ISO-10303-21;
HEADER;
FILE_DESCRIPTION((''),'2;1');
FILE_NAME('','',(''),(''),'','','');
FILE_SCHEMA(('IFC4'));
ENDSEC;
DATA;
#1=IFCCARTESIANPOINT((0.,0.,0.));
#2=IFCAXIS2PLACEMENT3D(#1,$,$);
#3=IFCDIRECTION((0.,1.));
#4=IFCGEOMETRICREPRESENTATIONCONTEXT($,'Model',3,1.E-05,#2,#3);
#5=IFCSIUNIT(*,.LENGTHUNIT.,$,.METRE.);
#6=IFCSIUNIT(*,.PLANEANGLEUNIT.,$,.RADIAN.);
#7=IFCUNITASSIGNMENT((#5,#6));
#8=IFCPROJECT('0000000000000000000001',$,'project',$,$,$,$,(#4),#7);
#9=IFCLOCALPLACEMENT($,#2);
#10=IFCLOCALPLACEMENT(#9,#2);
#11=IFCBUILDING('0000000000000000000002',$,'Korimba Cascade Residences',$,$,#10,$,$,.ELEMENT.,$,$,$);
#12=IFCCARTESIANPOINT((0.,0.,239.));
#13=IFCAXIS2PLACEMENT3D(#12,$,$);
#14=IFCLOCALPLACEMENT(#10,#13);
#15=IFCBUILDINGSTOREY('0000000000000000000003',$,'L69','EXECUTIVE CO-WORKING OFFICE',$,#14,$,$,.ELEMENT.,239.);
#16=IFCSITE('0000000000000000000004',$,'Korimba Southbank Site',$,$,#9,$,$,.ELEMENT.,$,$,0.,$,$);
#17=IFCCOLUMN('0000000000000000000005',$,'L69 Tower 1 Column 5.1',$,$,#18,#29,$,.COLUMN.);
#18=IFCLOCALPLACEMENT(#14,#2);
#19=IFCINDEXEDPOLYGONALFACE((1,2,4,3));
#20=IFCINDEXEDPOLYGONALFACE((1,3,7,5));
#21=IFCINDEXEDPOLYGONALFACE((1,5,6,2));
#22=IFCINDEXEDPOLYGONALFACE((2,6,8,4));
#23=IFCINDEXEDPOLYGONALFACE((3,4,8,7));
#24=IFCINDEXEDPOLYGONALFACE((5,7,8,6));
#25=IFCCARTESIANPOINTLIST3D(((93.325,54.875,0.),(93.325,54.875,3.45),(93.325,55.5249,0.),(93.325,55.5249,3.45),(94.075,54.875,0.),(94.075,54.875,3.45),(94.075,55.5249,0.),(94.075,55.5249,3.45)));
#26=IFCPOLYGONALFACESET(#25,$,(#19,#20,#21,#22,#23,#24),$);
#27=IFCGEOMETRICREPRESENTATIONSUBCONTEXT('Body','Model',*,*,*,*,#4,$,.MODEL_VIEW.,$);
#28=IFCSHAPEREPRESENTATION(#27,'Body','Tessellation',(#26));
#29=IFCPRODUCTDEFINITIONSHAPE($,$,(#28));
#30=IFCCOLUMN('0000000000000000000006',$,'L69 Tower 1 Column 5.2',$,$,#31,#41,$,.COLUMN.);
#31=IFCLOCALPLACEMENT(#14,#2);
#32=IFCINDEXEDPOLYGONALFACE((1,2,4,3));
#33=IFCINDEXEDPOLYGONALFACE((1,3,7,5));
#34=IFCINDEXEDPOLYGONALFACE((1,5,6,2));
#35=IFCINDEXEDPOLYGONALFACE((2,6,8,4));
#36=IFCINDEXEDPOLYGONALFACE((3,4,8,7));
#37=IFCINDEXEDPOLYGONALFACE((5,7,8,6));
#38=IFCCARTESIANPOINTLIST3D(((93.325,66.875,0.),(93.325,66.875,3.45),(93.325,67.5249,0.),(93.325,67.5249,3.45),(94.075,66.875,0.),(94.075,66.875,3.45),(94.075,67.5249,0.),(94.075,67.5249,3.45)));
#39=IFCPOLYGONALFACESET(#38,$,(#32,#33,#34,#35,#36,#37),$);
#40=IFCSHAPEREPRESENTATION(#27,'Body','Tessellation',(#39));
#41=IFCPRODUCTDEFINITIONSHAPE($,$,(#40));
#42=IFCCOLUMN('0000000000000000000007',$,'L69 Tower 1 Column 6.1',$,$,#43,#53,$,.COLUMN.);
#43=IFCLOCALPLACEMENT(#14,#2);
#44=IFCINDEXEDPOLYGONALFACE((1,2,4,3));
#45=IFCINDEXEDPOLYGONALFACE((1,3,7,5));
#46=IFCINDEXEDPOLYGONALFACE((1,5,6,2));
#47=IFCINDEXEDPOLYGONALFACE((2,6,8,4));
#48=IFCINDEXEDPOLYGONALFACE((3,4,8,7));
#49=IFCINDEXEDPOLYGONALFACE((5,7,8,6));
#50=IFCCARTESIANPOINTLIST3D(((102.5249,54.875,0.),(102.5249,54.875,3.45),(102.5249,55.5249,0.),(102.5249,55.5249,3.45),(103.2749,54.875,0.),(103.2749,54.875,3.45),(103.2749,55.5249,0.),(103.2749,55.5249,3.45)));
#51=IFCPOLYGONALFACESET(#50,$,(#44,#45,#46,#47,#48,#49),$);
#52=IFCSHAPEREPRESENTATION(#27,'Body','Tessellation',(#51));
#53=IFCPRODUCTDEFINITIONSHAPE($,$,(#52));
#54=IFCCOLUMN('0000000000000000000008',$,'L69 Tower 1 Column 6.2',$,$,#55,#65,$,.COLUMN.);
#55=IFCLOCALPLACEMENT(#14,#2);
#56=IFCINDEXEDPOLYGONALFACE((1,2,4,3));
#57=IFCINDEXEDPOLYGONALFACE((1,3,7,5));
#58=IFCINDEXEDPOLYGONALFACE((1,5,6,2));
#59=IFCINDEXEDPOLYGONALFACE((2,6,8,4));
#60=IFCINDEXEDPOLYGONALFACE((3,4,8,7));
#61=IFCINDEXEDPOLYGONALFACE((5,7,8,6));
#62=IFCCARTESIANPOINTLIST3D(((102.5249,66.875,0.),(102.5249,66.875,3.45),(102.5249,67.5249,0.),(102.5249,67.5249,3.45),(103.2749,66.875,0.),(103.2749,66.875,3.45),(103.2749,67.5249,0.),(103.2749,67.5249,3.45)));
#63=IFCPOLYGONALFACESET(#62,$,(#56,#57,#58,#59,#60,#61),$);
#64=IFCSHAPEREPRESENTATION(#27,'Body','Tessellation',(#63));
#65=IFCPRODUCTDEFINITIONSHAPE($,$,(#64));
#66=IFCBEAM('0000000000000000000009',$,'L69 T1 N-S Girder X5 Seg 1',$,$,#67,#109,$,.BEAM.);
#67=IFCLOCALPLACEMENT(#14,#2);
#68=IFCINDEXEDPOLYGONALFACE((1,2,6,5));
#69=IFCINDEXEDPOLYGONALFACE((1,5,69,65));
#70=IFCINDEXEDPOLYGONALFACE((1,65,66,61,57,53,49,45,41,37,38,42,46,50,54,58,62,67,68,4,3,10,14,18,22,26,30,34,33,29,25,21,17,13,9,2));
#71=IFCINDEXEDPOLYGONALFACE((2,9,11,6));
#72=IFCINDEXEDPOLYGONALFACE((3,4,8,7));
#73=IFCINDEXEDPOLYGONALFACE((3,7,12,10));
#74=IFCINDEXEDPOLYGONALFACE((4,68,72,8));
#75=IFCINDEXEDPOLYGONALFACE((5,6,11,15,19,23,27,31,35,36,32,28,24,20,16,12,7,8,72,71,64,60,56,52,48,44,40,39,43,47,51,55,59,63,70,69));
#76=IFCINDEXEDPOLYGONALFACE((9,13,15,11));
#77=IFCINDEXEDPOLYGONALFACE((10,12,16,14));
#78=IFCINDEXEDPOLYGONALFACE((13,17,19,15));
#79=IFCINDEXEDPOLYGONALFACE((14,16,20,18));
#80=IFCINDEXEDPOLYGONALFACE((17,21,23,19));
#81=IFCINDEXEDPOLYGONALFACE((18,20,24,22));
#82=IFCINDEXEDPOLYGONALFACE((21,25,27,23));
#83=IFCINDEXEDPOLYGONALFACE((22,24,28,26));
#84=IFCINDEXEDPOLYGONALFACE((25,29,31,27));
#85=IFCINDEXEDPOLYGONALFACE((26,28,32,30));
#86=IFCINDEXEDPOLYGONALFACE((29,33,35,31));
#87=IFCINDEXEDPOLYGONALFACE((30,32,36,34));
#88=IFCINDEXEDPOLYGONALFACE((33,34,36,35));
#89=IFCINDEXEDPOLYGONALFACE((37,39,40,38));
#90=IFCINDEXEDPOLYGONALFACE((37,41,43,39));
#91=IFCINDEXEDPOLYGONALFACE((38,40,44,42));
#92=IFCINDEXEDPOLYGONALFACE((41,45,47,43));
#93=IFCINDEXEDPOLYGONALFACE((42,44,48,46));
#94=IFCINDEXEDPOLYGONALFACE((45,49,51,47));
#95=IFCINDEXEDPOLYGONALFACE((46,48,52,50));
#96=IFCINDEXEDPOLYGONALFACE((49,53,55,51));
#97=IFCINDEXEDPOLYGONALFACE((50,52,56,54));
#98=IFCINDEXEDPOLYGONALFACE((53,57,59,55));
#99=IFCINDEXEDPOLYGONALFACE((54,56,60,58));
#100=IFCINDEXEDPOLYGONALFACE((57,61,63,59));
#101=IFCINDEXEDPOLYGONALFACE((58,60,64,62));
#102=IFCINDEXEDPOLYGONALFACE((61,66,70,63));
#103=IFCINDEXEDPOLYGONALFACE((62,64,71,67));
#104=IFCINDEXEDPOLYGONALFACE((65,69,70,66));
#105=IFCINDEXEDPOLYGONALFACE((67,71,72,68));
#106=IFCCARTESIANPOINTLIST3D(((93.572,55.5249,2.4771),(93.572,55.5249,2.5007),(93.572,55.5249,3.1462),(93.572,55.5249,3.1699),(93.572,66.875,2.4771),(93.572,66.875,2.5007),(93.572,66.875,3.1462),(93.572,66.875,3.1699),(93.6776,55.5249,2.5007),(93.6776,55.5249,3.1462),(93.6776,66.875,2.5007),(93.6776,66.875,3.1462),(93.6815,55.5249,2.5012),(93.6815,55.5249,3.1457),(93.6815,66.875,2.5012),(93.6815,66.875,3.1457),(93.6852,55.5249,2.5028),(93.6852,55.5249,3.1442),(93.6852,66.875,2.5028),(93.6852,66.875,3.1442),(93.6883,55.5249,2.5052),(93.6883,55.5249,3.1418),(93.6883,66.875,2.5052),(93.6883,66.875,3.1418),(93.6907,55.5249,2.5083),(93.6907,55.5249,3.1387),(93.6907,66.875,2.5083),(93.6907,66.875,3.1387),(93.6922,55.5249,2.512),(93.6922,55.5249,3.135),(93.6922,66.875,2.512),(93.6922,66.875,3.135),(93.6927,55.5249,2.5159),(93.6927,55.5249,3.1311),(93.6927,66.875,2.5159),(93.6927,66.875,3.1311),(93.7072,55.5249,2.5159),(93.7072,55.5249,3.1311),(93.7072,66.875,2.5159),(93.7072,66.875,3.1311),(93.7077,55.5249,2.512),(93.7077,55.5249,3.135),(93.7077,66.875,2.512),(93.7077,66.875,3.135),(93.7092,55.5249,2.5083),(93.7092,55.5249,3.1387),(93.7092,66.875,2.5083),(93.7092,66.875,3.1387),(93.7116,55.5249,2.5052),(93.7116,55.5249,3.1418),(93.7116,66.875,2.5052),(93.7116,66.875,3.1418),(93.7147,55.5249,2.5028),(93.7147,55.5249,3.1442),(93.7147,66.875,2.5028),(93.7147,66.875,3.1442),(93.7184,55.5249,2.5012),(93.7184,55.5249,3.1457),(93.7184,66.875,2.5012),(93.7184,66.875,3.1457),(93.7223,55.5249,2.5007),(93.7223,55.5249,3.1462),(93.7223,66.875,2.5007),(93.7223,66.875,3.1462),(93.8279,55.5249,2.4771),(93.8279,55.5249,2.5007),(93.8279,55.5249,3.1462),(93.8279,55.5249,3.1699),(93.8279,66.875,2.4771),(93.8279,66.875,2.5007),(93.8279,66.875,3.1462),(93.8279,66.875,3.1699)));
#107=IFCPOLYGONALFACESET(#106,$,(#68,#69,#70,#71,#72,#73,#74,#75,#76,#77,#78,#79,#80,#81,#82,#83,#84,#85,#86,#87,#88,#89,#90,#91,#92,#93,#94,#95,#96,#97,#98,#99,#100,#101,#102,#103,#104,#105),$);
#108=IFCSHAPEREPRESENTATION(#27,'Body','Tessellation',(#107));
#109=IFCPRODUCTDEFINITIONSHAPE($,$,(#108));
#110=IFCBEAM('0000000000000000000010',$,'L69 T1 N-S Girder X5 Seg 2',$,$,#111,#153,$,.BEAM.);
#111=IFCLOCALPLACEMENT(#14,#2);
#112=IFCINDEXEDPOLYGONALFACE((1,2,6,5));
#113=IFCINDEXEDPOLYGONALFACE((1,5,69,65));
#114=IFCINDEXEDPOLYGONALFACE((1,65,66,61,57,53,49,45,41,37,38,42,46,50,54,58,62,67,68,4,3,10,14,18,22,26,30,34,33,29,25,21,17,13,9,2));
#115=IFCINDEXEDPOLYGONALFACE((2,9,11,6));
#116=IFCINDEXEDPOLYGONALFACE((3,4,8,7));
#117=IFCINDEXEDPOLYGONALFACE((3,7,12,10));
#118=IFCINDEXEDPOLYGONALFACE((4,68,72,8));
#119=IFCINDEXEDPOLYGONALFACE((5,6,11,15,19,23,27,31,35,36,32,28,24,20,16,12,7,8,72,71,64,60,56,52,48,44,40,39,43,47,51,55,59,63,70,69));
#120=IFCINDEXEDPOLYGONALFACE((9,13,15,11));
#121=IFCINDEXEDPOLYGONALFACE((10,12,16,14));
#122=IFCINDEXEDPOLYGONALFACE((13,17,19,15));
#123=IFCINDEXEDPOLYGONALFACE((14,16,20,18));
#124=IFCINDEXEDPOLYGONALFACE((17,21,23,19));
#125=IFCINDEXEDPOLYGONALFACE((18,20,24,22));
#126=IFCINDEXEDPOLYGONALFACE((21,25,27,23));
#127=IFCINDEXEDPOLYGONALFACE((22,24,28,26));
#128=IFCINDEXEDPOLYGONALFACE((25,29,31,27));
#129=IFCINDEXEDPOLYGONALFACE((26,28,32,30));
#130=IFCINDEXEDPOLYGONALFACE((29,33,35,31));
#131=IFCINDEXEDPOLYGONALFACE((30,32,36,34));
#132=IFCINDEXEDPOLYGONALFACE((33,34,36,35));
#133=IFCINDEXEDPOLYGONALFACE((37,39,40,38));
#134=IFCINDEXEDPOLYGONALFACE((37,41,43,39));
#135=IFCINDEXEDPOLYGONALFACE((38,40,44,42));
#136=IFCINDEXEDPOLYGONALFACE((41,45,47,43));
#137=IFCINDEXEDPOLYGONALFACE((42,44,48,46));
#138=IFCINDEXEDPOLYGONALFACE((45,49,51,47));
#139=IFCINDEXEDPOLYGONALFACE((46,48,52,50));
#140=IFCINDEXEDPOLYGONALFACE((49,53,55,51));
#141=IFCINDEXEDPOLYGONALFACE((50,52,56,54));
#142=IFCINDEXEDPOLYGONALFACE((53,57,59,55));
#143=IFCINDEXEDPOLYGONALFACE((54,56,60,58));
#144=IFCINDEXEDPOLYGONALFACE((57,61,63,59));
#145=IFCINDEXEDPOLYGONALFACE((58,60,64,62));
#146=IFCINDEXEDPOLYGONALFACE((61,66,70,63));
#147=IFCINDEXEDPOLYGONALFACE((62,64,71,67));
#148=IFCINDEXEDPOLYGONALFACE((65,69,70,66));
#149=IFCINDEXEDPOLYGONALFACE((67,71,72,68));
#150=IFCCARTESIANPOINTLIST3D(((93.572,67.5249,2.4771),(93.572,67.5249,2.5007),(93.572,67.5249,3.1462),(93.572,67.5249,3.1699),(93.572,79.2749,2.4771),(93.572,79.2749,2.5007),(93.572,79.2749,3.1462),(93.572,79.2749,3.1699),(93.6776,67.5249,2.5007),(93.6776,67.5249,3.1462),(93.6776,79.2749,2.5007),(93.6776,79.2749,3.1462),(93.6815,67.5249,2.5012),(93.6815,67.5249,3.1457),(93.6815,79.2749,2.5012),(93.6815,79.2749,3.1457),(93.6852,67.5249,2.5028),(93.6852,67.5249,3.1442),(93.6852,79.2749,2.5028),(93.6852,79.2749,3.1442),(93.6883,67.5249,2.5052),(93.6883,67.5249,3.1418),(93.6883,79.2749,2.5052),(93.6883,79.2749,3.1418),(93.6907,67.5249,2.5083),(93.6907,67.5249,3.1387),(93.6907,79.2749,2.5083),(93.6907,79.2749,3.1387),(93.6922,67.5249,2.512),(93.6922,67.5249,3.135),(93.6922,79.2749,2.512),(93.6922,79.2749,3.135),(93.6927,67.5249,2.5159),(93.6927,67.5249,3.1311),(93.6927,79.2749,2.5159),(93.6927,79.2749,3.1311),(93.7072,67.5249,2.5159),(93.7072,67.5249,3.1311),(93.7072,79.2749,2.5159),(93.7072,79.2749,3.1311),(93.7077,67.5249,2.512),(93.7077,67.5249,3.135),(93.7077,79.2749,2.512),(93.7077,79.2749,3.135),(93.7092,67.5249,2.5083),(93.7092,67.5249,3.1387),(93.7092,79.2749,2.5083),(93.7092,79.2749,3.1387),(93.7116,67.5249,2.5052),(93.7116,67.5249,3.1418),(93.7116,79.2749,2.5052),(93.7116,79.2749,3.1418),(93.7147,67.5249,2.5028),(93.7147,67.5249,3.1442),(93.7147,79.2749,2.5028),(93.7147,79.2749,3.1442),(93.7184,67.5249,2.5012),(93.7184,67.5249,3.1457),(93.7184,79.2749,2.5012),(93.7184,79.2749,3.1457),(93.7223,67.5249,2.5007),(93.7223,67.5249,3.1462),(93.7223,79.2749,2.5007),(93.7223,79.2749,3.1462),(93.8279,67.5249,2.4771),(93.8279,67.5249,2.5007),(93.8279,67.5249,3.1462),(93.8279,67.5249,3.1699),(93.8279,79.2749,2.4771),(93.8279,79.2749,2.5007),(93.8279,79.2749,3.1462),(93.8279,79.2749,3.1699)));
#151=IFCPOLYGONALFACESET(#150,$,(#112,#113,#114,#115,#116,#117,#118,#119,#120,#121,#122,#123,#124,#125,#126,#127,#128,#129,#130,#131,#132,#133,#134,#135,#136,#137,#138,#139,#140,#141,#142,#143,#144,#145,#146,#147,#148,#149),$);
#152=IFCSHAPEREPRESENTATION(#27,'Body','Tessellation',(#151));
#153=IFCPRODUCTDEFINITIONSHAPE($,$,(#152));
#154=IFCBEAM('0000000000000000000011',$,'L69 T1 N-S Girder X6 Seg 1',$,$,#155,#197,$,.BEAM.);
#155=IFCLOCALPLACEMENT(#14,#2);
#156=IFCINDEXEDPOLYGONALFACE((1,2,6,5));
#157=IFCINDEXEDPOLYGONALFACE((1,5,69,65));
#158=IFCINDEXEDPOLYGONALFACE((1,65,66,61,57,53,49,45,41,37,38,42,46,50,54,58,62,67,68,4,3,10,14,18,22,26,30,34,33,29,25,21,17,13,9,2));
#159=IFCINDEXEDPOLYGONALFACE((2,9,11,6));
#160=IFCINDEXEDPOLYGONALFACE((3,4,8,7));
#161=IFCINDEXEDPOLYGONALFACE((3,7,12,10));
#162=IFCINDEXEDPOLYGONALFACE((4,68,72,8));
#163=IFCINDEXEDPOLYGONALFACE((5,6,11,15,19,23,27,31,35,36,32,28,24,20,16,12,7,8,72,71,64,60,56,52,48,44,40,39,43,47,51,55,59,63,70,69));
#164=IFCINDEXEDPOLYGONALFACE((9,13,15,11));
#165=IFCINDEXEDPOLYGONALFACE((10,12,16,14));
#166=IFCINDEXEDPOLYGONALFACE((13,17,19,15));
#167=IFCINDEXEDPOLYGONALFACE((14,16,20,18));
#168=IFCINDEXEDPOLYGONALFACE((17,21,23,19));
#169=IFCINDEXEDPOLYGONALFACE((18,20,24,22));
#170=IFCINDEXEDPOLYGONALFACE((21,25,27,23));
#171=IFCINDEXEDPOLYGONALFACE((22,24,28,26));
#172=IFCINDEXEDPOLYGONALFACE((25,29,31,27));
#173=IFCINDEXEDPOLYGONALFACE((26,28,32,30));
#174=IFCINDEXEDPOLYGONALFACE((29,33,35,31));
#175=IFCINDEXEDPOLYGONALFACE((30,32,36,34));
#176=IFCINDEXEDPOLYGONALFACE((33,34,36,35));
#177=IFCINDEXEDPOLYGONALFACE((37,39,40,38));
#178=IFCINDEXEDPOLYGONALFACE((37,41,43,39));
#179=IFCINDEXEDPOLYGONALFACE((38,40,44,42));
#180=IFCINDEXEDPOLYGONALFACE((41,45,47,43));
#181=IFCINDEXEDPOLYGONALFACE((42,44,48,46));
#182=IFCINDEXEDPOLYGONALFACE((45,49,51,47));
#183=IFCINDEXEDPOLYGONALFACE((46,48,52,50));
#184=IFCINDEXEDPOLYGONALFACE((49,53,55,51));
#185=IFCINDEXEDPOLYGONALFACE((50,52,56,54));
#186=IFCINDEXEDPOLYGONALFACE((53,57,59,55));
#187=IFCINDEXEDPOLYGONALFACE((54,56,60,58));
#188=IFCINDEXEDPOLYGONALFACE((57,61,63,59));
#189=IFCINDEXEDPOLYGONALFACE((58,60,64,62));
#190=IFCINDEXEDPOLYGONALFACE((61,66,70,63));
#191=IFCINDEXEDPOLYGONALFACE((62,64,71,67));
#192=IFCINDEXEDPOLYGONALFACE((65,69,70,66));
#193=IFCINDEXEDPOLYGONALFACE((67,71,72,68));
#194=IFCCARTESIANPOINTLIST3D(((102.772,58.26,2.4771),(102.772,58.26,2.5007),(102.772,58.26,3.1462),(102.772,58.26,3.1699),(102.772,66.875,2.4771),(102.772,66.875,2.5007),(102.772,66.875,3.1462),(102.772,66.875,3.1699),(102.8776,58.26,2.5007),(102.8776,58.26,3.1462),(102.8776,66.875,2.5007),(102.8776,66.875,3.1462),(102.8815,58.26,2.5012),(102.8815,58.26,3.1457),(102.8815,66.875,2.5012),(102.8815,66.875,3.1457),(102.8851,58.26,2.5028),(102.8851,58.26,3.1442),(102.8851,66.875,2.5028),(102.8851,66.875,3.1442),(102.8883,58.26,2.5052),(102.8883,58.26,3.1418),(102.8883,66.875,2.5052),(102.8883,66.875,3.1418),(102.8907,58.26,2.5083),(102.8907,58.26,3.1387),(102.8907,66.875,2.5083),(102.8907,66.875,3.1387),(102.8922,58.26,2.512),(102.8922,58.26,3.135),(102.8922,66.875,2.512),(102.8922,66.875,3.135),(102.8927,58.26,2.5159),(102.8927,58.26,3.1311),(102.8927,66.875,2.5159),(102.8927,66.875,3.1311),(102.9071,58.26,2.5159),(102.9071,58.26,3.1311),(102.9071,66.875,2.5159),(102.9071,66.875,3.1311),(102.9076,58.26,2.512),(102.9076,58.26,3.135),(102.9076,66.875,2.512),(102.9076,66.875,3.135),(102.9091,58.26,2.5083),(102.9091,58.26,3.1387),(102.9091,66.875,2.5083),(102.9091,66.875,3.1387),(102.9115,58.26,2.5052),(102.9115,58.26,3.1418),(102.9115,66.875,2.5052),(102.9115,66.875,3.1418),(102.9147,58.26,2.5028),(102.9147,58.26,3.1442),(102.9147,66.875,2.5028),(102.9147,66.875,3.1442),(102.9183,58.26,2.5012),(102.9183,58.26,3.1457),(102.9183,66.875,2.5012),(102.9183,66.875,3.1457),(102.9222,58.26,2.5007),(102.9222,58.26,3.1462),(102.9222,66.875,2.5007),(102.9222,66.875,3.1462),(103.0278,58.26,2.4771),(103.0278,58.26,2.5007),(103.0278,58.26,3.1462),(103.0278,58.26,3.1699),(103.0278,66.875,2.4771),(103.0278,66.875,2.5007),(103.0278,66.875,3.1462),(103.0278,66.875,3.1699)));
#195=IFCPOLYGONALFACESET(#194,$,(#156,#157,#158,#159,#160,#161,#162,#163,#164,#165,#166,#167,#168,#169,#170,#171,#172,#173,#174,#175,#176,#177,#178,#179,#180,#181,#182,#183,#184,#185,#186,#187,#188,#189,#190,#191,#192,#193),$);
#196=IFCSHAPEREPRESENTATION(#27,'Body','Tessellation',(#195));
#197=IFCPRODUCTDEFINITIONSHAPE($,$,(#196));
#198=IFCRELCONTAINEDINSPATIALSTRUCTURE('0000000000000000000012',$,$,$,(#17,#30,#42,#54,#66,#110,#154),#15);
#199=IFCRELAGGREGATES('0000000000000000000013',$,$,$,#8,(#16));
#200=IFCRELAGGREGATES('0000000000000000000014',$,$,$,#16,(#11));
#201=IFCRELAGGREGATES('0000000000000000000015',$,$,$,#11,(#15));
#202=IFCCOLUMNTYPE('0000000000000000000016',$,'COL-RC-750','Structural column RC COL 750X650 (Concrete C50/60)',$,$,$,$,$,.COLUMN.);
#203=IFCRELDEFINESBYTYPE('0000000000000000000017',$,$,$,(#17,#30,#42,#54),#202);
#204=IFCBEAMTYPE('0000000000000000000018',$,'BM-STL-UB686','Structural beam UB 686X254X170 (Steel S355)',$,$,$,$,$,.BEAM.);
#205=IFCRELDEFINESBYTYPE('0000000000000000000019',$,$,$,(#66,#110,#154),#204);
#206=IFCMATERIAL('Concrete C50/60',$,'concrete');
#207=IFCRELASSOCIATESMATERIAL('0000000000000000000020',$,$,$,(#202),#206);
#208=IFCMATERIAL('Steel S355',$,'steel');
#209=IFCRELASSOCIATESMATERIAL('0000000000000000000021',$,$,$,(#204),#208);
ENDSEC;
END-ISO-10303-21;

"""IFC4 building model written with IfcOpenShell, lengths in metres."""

from ifc_helpers import new_model, si_unit, direction, frame, origin, origin_2d, place, context, subcontext, project, spatial, rectangle, i_section, extrude, material, material_profile, profile_set, type_object, element, save


model = new_model("IFC4")

# Units and contexts
model_context = context("Model", 3, precision=1e-05, world=origin(), true_north=direction((0.0, 1.0)))
body_context = subcontext(model_context, "Body", "Model", "MODEL_VIEW")
ifc_project = project(units=[si_unit("LENGTHUNIT", "METRE"), si_unit("PLANEANGLEUNIT", "RADIAN")], contexts=[model_context])

# Site, building, storey
site_placement = place(None, origin())
site = spatial("IfcSite", under=ifc_project, at=site_placement, Name="Korimba Southbank Site", CompositionType="ELEMENT", RefElevation=0.0)
building_placement = place(site_placement, origin())
building = spatial("IfcBuilding", under=site, at=building_placement, Name="Korimba Cascade Residences", CompositionType="ELEMENT")
storey_placement = place(building_placement, frame((0.0, 0.0, 239.0)))
storey = spatial("IfcBuildingStorey", under=building, at=storey_placement, Name="L69", Description="EXECUTIVE CO-WORKING OFFICE", CompositionType="ELEMENT", Elevation=239.0)

# Columns
ifc_material_1 = material(Name="Concrete C50/60", Category="concrete")
ifc_material_profile_1 = material_profile(ifc_material_1, rectangle(XDim=0.75, YDim=0.6499, at=origin_2d()), Name="Concrete C50/60")
ifc_profile_set_1 = profile_set([ifc_material_profile_1], Name="Concrete C50/60")
column_type = type_object("IfcColumnType", Name="COL-RC-750", Description="Structural column RC COL 750X650 (Concrete C50/60)", PredefinedType="COLUMN", material=ifc_profile_set_1)
for number, where, z_axis, x_axis, name in (
    (1, (93.7, 55.2, 0.0), (0.0, 0.0, 1.0), (1.0, 0.0, 0.0), "L69 Tower 1 Column 5.1"),
    (2, (93.7, 67.2, 0.0), (0.0, 0.0, 1.0), (1.0, 0.0, 0.0), "L69 Tower 1 Column 5.2"),
    (3, (102.8999, 55.2, 0.0), (0.0, 0.0, 1.0), (1.0, 0.0, 0.0), "L69 Tower 1 Column 6.1"),
    (4, (102.8999, 67.2, 0.0), (0.0, 0.0, 1.0), (1.0, 0.0, 0.0), "L69 Tower 1 Column 6.2"),
):
    element("IfcColumn", number, at=place(storey_placement, frame(where, z_axis=z_axis, x_axis=x_axis)), inside=storey, type_object=column_type, Name=name, PredefinedType="COLUMN", context=body_context, shape_type="SweptSolid", body=[
        extrude(rectangle(XDim=0.75, YDim=0.6499, at=origin_2d()), origin(), (0.0, 0.0, 1.0), 3.45),
    ])

# Beams
ifc_material_2 = material(Name="Steel S355", Category="steel")
ifc_material_profile_2 = material_profile(ifc_material_2, i_section(OverallWidth=0.2559, OverallDepth=0.6929, WebThickness=0.0144, FlangeThickness=0.0237, FilletRadius=0.0151, at=origin_2d()), Name="Steel S355")
ifc_profile_set_2 = profile_set([ifc_material_profile_2], Name="Steel S355")
beam_type = type_object("IfcBeamType", Name="BM-STL-UB686", Description="Structural beam UB 686X254X170 (Steel S355)", PredefinedType="BEAM", material=ifc_profile_set_2)
beam_1_placement = place(storey_placement, frame((93.7, 55.5249, 2.8235), z_axis=(0.0, 1.0, 0.0), x_axis=(-1.0, 0.0, 0.0)))
element("IfcBeam", 5, at=beam_1_placement, inside=storey, type_object=beam_type, Name="L69 T1 N-S Girder X5 Seg 1", PredefinedType="BEAM", context=body_context, shape_type="SweptSolid", body=[
    extrude(i_section(OverallWidth=0.2559, OverallDepth=0.6929, WebThickness=0.0144, FlangeThickness=0.0237, FilletRadius=0.0151, at=origin_2d()), origin(), (0.0, 0.0, 1.0), 11.3501),
])
beam_2_placement = place(storey_placement, frame((93.7, 67.5249, 2.8235), z_axis=(0.0, 1.0, 0.0), x_axis=(-1.0, 0.0, 0.0)))
element("IfcBeam", 6, at=beam_2_placement, inside=storey, type_object=beam_type, Name="L69 T1 N-S Girder X5 Seg 2", PredefinedType="BEAM", context=body_context, shape_type="SweptSolid", body=[
    extrude(i_section(OverallWidth=0.2559, OverallDepth=0.6929, WebThickness=0.0144, FlangeThickness=0.0237, FilletRadius=0.0151, at=origin_2d()), origin(), (0.0, 0.0, 1.0), 11.75),
])
beam_3_placement = place(storey_placement, frame((102.8999, 58.26, 2.8235), z_axis=(0.0, 1.0, 0.0), x_axis=(-1.0, 0.0, 0.0)))
element("IfcBeam", 7, at=beam_3_placement, inside=storey, type_object=beam_type, Name="L69 T1 N-S Girder X6 Seg 1", PredefinedType="BEAM", context=body_context, shape_type="SweptSolid", body=[
    extrude(i_section(OverallWidth=0.2559, OverallDepth=0.6929, WebThickness=0.0144, FlangeThickness=0.0237, FilletRadius=0.0151, at=origin_2d()), origin(), (0.0, 0.0, 1.0), 8.615),
])

save(model, "model.ifc")
